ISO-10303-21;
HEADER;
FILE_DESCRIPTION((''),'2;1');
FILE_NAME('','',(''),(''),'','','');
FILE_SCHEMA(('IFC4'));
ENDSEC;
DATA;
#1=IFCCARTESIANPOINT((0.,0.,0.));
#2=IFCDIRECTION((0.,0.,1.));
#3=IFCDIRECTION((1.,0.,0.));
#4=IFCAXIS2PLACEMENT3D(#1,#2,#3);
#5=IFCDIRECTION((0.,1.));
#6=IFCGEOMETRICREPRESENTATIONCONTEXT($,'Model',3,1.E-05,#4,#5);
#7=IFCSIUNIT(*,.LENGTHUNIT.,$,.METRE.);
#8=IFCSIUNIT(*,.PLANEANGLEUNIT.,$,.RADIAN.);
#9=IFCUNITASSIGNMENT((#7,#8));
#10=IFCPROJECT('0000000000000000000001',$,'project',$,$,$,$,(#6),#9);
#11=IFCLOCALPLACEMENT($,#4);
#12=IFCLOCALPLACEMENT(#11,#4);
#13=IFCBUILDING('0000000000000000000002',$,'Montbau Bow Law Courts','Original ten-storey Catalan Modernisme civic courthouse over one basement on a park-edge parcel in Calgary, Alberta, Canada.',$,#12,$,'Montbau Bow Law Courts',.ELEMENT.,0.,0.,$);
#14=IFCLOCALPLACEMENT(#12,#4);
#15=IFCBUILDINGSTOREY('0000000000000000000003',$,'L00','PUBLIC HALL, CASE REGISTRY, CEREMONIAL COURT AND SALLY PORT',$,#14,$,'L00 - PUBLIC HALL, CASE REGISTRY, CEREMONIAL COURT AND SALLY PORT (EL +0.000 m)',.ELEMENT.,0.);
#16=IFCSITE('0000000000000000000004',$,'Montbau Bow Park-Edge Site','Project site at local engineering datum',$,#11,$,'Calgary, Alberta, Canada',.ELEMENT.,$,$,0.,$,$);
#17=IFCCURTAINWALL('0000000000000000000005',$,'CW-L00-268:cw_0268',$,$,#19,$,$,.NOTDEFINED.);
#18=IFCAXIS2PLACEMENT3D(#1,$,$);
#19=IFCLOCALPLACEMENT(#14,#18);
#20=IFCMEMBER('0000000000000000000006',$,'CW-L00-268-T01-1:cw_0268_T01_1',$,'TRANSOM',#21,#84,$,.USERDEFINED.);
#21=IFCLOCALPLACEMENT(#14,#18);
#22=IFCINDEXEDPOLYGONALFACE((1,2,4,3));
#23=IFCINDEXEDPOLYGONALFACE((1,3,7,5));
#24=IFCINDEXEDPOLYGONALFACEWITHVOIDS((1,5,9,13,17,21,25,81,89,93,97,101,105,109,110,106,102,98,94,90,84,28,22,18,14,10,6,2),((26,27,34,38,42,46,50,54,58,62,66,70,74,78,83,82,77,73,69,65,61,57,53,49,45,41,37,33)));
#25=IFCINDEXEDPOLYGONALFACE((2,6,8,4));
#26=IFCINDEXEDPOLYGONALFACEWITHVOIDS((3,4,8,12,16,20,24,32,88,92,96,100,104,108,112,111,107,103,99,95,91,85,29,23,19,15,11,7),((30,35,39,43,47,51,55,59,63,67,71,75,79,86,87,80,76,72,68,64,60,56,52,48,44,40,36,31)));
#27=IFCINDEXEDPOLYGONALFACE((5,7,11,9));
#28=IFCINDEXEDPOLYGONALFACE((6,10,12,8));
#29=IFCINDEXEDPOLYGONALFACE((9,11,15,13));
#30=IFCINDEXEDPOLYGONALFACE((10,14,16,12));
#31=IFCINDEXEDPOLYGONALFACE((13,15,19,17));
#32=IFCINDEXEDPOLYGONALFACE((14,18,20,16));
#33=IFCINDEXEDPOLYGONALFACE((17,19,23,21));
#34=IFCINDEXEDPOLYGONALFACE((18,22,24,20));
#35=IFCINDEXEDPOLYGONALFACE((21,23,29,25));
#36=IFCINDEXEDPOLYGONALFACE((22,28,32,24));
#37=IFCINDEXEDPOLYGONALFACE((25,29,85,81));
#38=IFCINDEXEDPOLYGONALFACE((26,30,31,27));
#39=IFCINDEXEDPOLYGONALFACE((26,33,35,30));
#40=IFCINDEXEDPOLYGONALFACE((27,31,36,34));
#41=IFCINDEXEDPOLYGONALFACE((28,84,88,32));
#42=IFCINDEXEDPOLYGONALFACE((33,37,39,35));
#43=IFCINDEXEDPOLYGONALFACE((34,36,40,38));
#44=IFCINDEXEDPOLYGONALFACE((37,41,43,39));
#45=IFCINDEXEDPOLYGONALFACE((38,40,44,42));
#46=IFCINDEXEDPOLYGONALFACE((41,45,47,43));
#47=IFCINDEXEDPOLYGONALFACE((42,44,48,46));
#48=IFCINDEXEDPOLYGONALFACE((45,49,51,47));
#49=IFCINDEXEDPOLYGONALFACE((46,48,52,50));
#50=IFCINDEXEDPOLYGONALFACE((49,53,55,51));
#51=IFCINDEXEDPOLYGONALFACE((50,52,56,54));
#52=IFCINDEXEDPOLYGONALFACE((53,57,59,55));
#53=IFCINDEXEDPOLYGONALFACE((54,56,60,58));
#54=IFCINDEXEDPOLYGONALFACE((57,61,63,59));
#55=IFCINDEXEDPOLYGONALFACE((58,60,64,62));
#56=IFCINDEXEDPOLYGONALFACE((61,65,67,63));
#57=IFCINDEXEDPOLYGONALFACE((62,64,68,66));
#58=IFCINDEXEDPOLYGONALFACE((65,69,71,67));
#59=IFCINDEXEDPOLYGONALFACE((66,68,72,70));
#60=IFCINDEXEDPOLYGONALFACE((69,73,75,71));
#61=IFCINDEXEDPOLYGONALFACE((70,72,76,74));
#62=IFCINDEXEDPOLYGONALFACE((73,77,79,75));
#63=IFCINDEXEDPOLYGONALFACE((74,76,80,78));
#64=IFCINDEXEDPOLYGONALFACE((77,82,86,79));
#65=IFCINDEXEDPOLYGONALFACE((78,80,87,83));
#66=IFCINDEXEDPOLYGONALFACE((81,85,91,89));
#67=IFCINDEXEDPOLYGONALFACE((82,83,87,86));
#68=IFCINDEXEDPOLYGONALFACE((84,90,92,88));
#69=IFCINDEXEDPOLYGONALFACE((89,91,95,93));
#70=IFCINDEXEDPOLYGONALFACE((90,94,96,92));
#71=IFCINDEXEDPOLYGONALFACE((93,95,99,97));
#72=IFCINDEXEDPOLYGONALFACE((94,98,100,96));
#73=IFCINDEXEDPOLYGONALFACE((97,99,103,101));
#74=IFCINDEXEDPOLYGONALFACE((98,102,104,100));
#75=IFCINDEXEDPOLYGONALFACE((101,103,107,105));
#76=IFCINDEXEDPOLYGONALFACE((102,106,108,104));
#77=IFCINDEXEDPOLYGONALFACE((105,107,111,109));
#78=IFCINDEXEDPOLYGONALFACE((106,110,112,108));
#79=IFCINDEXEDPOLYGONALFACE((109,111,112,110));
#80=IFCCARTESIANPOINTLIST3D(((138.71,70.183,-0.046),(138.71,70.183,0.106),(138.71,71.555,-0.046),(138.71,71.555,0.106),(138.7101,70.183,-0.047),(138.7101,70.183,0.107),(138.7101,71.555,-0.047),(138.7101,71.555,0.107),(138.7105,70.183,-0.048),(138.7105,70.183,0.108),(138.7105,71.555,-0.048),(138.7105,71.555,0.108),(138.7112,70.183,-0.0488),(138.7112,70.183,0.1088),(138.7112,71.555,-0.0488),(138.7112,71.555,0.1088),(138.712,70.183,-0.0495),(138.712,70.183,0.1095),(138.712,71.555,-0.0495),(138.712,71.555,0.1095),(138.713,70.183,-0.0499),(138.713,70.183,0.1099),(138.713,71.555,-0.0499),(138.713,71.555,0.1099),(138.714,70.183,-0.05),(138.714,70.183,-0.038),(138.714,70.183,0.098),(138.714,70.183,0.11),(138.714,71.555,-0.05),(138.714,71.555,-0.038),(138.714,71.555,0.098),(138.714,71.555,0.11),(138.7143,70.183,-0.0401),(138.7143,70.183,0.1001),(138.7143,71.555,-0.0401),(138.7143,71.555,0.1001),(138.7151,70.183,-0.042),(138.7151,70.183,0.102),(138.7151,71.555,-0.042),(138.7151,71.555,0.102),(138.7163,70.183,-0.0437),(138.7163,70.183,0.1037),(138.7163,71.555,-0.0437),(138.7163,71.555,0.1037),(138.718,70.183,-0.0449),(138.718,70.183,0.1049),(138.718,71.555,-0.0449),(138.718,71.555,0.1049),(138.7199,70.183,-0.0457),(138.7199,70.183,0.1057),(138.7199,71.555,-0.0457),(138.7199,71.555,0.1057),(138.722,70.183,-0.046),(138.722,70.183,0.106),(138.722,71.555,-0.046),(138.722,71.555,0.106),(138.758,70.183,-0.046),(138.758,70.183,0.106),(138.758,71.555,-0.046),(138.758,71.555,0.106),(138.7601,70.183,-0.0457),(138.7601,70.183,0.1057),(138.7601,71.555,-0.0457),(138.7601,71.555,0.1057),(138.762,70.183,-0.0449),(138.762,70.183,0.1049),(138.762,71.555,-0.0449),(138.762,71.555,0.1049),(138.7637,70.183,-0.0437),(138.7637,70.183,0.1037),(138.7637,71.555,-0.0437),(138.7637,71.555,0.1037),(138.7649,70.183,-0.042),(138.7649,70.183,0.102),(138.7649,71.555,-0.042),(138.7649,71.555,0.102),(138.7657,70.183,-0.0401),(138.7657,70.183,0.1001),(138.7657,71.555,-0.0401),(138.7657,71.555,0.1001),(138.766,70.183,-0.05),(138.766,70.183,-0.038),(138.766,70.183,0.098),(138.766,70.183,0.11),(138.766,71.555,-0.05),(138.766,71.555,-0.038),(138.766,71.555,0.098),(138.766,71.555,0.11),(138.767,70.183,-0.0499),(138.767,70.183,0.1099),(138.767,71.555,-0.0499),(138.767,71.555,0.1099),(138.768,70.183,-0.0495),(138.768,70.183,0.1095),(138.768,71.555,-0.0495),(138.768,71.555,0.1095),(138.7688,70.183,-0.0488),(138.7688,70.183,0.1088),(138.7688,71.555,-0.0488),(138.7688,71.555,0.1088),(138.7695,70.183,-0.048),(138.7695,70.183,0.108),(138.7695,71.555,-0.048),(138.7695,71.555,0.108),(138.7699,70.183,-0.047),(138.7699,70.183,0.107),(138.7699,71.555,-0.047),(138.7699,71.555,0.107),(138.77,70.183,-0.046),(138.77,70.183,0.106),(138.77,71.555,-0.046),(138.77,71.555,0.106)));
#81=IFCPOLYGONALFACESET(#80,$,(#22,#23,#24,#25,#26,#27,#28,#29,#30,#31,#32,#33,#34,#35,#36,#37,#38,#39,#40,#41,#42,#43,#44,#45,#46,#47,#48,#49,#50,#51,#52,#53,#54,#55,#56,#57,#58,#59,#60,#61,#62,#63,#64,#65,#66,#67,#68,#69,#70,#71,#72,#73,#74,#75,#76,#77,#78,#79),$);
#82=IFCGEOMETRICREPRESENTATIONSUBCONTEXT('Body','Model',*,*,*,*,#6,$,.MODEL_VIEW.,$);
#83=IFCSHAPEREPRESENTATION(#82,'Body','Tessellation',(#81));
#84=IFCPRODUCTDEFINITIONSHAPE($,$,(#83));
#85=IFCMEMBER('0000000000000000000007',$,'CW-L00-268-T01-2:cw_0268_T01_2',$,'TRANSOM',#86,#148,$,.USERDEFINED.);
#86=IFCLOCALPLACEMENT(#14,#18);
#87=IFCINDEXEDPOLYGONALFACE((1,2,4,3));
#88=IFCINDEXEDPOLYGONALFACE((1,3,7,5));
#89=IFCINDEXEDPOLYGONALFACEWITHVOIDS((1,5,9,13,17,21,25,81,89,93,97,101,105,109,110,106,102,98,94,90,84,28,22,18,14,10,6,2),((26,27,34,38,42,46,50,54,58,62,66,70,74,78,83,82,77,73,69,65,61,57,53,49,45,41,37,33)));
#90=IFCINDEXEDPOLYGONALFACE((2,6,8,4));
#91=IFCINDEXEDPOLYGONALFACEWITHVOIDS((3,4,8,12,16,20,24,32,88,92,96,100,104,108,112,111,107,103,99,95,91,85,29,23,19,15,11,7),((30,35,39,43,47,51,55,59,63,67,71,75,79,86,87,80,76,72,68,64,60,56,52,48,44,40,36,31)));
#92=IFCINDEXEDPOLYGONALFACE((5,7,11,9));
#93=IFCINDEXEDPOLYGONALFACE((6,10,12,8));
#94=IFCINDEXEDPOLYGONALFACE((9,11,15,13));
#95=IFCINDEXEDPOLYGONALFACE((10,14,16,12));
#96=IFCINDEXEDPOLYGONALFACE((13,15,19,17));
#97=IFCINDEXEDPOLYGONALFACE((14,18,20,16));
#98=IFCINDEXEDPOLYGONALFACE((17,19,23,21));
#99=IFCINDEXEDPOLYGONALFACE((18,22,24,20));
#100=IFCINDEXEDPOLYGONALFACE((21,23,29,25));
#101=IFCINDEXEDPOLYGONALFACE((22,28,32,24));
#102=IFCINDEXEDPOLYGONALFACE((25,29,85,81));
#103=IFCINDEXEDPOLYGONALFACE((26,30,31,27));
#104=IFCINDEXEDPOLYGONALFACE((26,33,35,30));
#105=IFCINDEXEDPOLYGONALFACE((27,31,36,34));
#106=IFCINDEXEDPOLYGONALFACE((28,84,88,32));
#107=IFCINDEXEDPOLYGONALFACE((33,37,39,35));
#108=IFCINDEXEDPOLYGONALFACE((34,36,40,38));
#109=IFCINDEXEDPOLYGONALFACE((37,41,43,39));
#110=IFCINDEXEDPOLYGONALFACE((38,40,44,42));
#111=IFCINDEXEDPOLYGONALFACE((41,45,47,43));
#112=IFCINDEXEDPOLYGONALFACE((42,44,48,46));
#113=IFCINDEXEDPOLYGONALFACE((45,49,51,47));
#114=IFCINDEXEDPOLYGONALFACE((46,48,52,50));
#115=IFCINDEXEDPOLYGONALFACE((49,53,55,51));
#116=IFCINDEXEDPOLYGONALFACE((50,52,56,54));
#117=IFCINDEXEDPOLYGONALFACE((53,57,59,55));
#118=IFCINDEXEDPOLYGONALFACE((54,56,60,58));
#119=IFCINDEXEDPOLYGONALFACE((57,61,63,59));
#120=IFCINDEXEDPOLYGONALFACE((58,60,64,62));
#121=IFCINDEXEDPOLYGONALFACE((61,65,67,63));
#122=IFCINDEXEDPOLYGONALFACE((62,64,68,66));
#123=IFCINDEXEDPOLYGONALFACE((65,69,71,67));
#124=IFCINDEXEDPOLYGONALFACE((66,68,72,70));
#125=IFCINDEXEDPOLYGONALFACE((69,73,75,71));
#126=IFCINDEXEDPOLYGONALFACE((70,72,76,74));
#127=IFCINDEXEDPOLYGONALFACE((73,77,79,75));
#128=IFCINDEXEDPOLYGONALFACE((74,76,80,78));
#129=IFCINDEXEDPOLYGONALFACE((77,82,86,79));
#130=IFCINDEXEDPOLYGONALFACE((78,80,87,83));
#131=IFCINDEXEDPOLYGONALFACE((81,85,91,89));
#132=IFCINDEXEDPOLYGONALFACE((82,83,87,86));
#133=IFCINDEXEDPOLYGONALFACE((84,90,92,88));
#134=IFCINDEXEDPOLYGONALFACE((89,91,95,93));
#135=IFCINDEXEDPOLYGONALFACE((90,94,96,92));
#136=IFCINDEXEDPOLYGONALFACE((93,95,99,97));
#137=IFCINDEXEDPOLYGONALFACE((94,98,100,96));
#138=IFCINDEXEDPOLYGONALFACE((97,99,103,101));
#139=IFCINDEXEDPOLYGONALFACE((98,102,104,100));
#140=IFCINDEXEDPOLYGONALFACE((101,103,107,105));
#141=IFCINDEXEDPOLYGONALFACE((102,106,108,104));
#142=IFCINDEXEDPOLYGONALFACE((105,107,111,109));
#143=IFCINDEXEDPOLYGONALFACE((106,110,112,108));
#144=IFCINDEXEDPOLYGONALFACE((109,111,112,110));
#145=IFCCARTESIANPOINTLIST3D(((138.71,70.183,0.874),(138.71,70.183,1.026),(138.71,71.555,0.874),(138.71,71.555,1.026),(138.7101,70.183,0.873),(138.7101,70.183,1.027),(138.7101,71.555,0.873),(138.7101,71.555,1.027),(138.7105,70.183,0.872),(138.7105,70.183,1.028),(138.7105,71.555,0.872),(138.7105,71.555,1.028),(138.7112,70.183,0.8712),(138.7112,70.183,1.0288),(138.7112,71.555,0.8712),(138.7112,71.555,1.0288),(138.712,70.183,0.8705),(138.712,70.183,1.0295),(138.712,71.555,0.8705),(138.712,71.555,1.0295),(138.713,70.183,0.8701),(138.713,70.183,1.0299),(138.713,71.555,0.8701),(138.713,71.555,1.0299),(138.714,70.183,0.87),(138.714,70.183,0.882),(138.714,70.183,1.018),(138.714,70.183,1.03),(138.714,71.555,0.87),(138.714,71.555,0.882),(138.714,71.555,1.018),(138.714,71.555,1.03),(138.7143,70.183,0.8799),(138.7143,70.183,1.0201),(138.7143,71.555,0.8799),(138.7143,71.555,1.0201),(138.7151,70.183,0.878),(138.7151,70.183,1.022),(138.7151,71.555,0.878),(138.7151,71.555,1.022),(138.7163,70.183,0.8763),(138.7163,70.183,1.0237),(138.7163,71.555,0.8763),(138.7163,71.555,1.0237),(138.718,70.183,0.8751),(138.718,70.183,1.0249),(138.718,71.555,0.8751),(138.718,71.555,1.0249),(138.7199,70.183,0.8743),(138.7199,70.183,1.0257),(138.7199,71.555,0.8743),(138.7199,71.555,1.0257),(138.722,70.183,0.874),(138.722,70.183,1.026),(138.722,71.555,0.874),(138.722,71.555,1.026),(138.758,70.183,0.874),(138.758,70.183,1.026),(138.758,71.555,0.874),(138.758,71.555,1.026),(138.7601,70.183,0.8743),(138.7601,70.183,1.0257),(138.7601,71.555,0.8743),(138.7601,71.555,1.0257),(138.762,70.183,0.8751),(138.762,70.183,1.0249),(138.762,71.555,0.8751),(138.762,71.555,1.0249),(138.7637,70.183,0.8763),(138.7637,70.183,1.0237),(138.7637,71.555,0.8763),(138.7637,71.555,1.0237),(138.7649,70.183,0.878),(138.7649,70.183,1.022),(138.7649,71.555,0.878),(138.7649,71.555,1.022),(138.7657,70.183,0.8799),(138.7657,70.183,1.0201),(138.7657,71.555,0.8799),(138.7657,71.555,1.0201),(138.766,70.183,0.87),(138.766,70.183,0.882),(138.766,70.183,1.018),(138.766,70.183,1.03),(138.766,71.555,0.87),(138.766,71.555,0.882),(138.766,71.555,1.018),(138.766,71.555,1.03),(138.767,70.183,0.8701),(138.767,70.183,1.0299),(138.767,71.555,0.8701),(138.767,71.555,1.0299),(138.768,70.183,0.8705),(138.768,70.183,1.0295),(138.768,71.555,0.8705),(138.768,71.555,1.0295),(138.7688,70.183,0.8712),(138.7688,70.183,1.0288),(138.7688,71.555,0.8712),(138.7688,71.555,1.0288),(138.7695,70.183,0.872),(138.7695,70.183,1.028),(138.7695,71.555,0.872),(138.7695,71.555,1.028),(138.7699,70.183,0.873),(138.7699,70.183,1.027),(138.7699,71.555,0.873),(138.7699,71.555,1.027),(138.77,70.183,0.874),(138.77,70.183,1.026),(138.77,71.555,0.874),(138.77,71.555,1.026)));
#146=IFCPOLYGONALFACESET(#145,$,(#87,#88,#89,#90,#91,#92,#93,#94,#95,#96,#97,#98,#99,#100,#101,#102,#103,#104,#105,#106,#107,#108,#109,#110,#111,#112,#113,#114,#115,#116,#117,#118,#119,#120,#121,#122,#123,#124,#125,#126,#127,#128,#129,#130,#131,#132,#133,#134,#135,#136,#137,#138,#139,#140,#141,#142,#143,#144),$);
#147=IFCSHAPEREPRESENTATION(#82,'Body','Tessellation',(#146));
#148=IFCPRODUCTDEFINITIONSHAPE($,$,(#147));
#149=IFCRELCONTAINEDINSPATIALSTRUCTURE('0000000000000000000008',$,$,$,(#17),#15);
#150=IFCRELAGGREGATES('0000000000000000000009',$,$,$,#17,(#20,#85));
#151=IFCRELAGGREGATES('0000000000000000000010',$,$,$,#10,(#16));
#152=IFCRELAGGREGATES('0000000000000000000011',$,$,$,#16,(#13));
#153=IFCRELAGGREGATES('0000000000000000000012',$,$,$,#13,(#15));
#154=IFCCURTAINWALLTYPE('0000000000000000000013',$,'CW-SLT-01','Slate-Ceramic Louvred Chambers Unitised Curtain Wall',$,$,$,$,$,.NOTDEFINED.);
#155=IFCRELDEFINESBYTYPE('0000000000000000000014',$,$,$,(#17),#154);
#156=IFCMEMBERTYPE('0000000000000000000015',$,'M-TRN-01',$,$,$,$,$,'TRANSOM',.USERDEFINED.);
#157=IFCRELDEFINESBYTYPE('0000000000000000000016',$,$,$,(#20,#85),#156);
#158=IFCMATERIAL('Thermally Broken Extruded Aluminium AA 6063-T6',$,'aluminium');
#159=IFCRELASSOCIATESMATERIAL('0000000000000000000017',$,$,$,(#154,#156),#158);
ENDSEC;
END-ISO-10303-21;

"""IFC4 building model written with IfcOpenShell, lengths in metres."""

from ifc_helpers import new_model, si_unit, direction, frame, origin_with_axes, origin_2d_with_axis, place, context, subcontext, project, spatial, hollow_rectangle, extrude, material, material_profile, profile_set, type_object, element, aggregate, save


model = new_model("IFC4")

# Units and contexts
model_context = context("Model", 3, precision=1e-05, world=origin_with_axes(), true_north=direction((0.0, 1.0)))
body_context = subcontext(model_context, "Body", "Model", "MODEL_VIEW")
ifc_project = project(units=[si_unit("LENGTHUNIT", "METRE"), si_unit("PLANEANGLEUNIT", "RADIAN")], contexts=[model_context])

# Site, building, storey
site_placement = place(None, origin_with_axes())
site = spatial("IfcSite", under=ifc_project, at=site_placement, Name="Montbau Bow Park-Edge Site", Description="Project site at local engineering datum", LongName="Calgary, Alberta, Canada", CompositionType="ELEMENT", RefElevation=0.0)
building_placement = place(site_placement, origin_with_axes())
building = spatial("IfcBuilding", under=site, at=building_placement, Name="Montbau Bow Law Courts", Description="Original ten-storey Catalan Modernisme civic courthouse over one basement on a park-edge parcel in Calgary, Alberta, Canada.", LongName="Montbau Bow Law Courts", CompositionType="ELEMENT", ElevationOfRefHeight=0.0, ElevationOfTerrain=0.0)
storey_placement = place(building_placement, origin_with_axes())
storey = spatial("IfcBuildingStorey", under=building, at=storey_placement, Name="L00", Description="PUBLIC HALL, CASE REGISTRY, CEREMONIAL COURT AND SALLY PORT", LongName="L00 - PUBLIC HALL, CASE REGISTRY, CEREMONIAL COURT AND SALLY PORT (EL +0.000 m)", CompositionType="ELEMENT", Elevation=0.0)

# Curtain wall, members
ifc_material_1 = material(Name="Thermally Broken Extruded Aluminium AA 6063-T6", Category="aluminium")
curtain_wall_type = type_object("IfcCurtainWallType", Name="CW-SLT-01", Description="Slate-Ceramic Louvred Chambers Unitised Curtain Wall", PredefinedType="NOTDEFINED", material=ifc_material_1)
curtain_wall_1_placement = place(None, frame((138.74, 70.115, 0.0), z_axis=(0.0, 0.0, 1.0), x_axis=(1.0, 0.0, 0.0)))
curtain_wall_1 = element("IfcCurtainWall", 1, at=curtain_wall_1_placement, inside=storey, type_object=curtain_wall_type, Name="CW-L00-268:cw_0268", PredefinedType="NOTDEFINED")
ifc_material_profile_1 = material_profile(ifc_material_1, hollow_rectangle(XDim=0.06, YDim=0.16, WallThickness=0.004, InnerFilletRadius=0.008, OuterFilletRadius=0.004, at=origin_2d_with_axis()), Name="CWT-160X60", Category="Main", Priority=0)
ifc_profile_set_1 = profile_set([ifc_material_profile_1], Name="Thermally Broken Extruded Aluminium AA 6063-T6")
member_type_1 = type_object("IfcMemberType", Name="M-TRN-01", ElementType="TRANSOM", PredefinedType="USERDEFINED", material=ifc_profile_set_1)
member_1_placement = place(None, frame((138.74, 70.183, 0.03), z_axis=(0.0, 1.0, 0.0), x_axis=(-1.0, 0.0, 0.0)))
member_1 = element("IfcMember", 2, at=member_1_placement, type_object=member_type_1, Name="CW-L00-268-T01-1:cw_0268_T01_1", ObjectType="TRANSOM", PredefinedType="USERDEFINED", context=body_context, shape_type="SweptSolid", body=[
    extrude(hollow_rectangle(XDim=0.06, YDim=0.16, WallThickness=0.004, InnerFilletRadius=0.008, OuterFilletRadius=0.004, at=origin_2d_with_axis()), origin_with_axes(), (0.0, 0.0, 1.0), 1.372),
])
member_2_placement = place(None, frame((138.74, 70.183, 0.95), z_axis=(0.0, 1.0, 0.0), x_axis=(-1.0, 0.0, 0.0)))
member_2 = element("IfcMember", 3, at=member_2_placement, type_object=member_type_1, Name="CW-L00-268-T01-2:cw_0268_T01_2", ObjectType="TRANSOM", PredefinedType="USERDEFINED", context=body_context, shape_type="SweptSolid", body=[
    extrude(hollow_rectangle(XDim=0.06, YDim=0.16, WallThickness=0.004, InnerFilletRadius=0.008, OuterFilletRadius=0.004, at=origin_2d_with_axis()), origin_with_axes(), (0.0, 0.0, 1.0), 1.372),
])

aggregate(curtain_wall_1, [member_1, member_2])

save(model, "model.ifc")
